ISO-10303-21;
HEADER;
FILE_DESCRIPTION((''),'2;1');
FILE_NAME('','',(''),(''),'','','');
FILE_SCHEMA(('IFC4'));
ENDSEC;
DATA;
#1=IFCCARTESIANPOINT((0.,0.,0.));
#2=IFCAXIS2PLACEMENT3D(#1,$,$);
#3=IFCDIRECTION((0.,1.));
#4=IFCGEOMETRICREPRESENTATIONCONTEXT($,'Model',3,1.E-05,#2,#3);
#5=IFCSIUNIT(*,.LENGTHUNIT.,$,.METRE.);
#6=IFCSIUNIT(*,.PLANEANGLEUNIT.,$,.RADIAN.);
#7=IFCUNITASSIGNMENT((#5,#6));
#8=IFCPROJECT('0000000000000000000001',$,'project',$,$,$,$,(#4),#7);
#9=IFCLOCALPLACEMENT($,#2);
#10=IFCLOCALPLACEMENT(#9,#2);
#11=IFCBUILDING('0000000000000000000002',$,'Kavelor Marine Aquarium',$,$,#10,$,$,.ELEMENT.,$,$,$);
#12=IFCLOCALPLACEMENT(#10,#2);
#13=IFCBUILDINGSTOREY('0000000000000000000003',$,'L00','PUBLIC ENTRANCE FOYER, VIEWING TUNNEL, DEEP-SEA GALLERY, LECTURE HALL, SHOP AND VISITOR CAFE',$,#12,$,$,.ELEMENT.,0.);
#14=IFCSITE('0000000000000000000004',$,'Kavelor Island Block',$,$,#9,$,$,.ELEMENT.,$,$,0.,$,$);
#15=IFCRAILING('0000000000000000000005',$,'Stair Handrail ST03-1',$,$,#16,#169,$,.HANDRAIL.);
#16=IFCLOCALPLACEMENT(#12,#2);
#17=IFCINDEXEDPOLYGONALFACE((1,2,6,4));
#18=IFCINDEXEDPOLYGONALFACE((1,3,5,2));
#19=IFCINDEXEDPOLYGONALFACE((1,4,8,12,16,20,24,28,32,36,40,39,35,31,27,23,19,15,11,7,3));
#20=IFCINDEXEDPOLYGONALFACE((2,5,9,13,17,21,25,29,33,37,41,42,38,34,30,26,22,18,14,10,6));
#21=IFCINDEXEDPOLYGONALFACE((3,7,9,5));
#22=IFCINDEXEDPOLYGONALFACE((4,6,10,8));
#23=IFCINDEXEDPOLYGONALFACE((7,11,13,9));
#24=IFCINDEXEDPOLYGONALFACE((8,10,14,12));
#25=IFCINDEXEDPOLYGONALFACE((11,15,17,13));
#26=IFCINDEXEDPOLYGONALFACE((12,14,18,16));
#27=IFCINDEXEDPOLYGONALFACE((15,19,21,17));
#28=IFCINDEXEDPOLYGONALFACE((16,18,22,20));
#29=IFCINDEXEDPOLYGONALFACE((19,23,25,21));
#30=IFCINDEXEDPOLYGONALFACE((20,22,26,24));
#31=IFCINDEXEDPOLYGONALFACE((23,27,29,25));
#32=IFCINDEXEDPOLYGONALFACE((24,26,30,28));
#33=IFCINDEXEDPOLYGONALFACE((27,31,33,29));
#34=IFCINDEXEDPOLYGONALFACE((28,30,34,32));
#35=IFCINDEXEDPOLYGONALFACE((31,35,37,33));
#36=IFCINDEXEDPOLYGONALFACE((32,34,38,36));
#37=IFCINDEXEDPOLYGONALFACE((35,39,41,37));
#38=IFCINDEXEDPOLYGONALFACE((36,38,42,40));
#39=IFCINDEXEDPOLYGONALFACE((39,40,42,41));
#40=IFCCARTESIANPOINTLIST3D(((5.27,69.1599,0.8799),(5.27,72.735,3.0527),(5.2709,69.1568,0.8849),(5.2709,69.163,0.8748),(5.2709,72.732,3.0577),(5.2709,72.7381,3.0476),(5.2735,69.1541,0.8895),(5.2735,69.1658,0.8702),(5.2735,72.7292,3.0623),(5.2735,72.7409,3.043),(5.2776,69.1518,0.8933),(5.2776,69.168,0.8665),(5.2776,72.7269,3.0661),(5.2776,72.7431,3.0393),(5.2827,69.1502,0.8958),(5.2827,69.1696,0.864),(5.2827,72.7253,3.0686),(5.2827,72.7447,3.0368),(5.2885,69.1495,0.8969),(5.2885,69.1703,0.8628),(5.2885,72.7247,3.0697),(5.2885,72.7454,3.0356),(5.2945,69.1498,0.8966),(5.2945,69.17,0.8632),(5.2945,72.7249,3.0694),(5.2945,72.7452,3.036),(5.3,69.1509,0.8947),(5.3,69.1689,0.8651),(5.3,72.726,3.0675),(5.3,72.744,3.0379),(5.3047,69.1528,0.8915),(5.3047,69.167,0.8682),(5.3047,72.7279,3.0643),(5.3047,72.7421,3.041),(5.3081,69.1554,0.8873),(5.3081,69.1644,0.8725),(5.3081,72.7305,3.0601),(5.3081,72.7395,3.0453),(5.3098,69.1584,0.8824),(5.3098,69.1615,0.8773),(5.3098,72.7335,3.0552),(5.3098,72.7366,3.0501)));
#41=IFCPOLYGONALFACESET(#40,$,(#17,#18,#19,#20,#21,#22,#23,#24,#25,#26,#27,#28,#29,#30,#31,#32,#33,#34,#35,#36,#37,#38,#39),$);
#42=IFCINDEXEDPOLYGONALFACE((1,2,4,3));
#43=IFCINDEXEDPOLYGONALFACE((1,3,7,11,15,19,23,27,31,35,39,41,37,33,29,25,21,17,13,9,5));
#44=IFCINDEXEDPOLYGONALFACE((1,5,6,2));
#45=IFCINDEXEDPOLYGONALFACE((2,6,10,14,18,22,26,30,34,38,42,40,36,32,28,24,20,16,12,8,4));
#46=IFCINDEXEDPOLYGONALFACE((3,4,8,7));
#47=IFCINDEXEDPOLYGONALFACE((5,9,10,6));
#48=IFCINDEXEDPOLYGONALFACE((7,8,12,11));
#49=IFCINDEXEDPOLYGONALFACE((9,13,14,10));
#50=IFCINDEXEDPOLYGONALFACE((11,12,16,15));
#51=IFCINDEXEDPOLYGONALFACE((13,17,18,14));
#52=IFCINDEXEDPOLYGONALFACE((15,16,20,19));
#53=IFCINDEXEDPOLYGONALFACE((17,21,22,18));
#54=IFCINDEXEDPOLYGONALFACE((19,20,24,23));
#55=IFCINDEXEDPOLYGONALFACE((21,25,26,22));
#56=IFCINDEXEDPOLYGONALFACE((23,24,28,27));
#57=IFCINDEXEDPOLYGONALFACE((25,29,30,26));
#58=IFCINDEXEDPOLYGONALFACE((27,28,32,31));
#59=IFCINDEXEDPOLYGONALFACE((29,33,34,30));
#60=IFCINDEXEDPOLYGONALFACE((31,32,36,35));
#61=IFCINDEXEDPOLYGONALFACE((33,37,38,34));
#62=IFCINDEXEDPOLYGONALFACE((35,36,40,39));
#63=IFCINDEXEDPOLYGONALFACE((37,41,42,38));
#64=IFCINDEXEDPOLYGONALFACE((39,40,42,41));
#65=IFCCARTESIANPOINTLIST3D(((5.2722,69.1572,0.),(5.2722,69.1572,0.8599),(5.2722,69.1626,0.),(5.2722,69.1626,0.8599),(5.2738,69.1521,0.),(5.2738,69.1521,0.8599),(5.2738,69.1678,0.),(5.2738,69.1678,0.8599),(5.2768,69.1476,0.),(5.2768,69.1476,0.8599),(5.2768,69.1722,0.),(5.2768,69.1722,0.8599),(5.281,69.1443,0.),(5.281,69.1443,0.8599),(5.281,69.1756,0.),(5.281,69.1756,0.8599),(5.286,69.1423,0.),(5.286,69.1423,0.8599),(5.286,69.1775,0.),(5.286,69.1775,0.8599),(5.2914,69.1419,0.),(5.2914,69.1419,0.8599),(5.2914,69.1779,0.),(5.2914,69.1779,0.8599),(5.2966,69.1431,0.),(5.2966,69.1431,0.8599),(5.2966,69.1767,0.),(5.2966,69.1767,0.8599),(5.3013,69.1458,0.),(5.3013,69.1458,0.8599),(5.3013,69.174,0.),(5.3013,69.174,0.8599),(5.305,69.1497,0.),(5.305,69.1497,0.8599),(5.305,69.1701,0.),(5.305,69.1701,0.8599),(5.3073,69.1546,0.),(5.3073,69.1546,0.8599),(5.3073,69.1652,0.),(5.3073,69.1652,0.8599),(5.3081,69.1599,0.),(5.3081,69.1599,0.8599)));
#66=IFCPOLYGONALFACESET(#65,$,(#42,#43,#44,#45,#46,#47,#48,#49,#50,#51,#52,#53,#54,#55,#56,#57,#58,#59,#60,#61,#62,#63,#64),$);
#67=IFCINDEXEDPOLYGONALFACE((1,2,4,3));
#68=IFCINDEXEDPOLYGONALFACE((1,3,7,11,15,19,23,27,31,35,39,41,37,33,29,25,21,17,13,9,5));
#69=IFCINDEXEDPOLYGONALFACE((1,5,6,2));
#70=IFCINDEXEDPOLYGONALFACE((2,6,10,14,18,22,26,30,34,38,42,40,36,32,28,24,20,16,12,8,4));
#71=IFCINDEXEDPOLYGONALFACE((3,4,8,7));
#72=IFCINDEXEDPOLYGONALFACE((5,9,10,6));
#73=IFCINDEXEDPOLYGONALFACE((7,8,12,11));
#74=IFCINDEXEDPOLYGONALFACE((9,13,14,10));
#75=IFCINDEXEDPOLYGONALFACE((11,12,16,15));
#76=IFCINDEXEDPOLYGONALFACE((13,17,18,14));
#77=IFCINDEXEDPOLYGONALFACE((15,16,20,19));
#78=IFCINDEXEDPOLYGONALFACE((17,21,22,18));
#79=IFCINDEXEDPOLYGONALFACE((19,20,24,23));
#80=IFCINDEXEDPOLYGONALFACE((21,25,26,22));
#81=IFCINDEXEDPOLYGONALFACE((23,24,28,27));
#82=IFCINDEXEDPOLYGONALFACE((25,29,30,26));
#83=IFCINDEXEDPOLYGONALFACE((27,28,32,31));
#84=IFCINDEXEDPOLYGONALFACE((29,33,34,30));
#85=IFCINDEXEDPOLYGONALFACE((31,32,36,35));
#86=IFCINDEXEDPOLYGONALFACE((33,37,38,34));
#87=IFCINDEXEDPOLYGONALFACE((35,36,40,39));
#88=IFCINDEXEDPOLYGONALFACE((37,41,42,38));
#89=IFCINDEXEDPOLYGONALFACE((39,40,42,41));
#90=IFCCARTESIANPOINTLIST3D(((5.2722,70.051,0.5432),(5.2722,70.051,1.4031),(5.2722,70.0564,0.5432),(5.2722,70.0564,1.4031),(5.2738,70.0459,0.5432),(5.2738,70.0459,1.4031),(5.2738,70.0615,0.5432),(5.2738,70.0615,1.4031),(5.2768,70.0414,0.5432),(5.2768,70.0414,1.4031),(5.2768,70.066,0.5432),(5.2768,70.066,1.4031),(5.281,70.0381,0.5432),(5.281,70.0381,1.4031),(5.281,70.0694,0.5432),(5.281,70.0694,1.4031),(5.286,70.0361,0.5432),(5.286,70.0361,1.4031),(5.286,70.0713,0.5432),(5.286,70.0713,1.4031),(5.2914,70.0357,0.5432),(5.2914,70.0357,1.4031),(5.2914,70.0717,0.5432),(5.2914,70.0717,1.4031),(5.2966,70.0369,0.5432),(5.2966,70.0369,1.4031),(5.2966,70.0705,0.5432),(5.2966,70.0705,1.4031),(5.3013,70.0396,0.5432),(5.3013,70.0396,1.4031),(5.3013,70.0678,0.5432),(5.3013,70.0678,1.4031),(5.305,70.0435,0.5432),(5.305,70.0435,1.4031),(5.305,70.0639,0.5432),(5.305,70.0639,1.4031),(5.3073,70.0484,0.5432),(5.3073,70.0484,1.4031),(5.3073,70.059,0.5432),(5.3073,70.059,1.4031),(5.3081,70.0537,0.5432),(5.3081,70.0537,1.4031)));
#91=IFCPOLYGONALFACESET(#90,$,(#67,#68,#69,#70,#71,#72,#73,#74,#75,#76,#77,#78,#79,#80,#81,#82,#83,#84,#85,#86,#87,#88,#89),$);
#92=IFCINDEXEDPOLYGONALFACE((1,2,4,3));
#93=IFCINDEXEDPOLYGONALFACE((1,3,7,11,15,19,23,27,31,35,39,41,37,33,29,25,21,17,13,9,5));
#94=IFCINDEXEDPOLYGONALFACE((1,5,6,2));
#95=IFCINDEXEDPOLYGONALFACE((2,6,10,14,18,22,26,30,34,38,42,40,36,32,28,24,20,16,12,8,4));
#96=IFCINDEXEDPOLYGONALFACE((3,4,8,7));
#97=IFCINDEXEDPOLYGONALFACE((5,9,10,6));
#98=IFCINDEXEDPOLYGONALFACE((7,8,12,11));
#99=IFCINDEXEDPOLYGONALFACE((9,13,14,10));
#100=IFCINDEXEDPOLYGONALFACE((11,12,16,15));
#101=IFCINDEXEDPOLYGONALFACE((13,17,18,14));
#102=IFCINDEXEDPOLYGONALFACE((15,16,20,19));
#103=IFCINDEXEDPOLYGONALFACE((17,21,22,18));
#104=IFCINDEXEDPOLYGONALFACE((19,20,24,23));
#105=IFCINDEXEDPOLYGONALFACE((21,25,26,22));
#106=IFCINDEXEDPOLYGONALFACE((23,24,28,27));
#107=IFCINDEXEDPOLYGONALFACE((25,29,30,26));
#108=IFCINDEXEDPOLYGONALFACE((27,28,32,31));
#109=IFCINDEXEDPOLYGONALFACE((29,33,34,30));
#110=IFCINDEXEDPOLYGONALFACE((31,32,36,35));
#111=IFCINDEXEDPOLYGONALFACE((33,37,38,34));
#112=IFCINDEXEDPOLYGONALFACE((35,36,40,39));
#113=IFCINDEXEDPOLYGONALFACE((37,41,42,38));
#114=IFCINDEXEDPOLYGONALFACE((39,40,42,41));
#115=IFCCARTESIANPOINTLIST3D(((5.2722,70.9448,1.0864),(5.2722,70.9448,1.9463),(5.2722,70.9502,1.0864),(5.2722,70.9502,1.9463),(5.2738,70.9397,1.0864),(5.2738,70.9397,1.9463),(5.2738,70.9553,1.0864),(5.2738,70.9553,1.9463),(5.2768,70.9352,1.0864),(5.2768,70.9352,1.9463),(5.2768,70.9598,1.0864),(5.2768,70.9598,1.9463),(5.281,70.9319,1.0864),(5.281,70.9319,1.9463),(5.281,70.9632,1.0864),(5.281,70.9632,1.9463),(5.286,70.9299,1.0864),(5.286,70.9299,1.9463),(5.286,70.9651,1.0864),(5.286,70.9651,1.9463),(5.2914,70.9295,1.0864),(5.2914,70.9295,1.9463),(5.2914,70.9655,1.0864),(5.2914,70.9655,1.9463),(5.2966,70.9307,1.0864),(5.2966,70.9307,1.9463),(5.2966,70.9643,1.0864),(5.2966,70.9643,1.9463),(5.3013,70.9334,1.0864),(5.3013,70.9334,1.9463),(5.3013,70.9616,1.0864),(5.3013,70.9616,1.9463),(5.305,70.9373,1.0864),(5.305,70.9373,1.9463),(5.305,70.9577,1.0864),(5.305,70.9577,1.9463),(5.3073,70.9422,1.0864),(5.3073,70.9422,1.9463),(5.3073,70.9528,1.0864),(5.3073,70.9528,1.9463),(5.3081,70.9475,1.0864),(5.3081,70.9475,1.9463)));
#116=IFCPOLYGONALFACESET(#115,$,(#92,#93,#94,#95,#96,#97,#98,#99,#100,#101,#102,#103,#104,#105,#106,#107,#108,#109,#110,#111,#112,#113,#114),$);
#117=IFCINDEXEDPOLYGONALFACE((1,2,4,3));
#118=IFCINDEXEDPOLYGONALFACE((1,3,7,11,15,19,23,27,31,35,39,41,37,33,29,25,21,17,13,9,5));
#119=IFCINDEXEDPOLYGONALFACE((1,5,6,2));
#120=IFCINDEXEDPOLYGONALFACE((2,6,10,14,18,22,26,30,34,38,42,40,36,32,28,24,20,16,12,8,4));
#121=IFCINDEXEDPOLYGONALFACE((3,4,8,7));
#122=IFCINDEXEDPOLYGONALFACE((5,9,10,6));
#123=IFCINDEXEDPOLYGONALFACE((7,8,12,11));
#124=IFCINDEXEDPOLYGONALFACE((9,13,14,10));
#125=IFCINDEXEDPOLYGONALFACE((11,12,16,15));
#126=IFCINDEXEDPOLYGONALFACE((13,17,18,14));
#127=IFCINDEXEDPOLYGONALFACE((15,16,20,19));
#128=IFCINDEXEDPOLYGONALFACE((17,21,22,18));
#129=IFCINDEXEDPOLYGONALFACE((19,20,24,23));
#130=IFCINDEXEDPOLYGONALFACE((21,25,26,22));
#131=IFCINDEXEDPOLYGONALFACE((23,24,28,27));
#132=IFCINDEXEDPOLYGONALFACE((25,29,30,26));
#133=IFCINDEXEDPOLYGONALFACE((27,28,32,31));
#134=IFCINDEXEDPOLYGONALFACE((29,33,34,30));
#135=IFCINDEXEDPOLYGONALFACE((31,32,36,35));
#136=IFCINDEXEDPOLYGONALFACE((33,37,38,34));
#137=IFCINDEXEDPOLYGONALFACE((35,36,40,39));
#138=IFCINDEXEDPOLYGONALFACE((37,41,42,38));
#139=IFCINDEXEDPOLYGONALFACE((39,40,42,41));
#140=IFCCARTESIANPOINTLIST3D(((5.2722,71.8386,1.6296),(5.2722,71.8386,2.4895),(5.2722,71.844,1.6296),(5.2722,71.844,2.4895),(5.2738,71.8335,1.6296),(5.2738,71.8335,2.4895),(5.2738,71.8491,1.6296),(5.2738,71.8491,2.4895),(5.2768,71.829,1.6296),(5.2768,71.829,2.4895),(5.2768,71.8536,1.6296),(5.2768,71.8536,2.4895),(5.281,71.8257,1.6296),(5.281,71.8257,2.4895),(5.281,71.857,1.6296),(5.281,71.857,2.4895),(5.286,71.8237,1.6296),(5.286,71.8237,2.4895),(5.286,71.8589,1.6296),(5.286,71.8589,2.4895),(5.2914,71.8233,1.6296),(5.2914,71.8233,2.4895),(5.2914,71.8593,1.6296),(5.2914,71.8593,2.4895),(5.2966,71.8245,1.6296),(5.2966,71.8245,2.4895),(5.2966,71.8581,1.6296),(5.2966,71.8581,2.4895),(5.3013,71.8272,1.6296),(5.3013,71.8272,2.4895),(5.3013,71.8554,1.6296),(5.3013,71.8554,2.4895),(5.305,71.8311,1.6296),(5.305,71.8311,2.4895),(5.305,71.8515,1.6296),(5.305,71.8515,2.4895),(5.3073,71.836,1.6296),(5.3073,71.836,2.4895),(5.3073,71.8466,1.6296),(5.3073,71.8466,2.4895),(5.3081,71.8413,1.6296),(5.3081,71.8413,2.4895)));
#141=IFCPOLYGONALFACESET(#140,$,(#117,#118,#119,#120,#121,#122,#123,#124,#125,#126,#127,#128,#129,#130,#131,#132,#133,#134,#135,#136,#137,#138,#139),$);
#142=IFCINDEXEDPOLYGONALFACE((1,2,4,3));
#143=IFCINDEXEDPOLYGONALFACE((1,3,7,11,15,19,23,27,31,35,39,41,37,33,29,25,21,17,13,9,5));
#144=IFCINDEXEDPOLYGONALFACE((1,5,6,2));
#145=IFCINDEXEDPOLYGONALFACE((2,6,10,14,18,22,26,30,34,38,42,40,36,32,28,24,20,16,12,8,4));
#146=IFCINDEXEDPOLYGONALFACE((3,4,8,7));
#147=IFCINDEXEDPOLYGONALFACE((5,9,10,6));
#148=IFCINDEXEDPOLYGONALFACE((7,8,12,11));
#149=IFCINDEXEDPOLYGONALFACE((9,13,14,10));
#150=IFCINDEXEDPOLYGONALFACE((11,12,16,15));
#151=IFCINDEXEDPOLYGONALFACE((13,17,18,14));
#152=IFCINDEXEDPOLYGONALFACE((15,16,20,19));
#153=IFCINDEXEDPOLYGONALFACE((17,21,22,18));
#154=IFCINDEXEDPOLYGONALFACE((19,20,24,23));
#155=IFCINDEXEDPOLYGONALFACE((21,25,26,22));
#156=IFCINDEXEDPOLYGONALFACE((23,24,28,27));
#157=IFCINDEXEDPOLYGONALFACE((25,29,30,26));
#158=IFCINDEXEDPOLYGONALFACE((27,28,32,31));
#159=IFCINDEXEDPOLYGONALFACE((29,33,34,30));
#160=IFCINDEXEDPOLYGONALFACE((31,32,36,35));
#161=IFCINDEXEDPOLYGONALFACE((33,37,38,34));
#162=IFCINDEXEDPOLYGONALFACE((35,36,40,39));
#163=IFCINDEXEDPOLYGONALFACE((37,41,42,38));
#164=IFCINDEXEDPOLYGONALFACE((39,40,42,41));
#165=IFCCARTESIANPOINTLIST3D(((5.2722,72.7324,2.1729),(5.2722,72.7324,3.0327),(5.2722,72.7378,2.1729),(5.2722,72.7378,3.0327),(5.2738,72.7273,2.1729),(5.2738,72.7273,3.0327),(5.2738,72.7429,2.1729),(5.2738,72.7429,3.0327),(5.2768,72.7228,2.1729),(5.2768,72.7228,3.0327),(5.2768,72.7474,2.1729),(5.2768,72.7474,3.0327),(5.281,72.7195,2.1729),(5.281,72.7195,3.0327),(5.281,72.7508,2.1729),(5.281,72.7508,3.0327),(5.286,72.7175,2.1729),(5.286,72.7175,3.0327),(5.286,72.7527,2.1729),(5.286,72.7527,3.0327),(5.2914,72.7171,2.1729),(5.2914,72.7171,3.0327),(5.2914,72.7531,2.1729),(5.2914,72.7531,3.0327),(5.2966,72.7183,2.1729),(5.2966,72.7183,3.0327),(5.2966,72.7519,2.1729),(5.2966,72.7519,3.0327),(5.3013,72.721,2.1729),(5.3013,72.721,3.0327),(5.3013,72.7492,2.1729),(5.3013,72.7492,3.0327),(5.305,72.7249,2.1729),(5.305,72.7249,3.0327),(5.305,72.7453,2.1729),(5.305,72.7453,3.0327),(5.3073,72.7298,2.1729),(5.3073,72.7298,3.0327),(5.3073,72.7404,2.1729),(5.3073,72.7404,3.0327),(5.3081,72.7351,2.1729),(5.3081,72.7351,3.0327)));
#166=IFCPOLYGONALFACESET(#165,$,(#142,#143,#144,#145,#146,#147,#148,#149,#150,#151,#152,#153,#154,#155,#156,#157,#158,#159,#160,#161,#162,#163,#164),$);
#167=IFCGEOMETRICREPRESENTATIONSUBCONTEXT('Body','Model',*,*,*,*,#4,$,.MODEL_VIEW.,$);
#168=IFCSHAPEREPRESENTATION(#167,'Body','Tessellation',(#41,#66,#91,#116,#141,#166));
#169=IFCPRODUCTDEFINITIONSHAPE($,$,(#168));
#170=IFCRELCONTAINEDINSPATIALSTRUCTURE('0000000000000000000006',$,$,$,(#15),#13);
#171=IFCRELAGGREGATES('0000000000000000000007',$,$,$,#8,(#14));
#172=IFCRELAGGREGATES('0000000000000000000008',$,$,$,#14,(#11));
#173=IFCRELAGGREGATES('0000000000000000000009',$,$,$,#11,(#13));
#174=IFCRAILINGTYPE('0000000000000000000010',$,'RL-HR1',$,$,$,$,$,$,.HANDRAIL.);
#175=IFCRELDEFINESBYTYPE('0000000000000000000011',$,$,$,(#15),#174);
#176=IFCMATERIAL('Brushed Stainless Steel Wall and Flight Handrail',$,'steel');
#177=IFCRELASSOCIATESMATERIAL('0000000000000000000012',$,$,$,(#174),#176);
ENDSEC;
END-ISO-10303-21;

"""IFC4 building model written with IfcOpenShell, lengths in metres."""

from ifc_helpers import new_model, si_unit, direction, frame, origin, origin_2d, place, context, subcontext, project, spatial, circle, extrude, material, type_object, element, save


model = new_model("IFC4")

# Units and contexts
model_context = context("Model", 3, precision=1e-05, world=origin(), true_north=direction((0.0, 1.0)))
body_context = subcontext(model_context, "Body", "Model", "MODEL_VIEW")
ifc_project = project(units=[si_unit("LENGTHUNIT", "METRE"), si_unit("PLANEANGLEUNIT", "RADIAN")], contexts=[model_context])

# Site, building, storey
site_placement = place(None, origin())
site = spatial("IfcSite", under=ifc_project, at=site_placement, Name="Kavelor Island Block", CompositionType="ELEMENT", RefElevation=0.0)
building_placement = place(site_placement, origin())
building = spatial("IfcBuilding", under=site, at=building_placement, Name="Kavelor Marine Aquarium", CompositionType="ELEMENT")
storey_placement = place(building_placement, origin())
storey = spatial("IfcBuildingStorey", under=building, at=storey_placement, Name="L00", Description="PUBLIC ENTRANCE FOYER, VIEWING TUNNEL, DEEP-SEA GALLERY, LECTURE HALL, SHOP AND VISITOR CAFE", CompositionType="ELEMENT", Elevation=0.0)

# Railing
ifc_material_1 = material(Name="Brushed Stainless Steel Wall and Flight Handrail", Category="steel")
railing_type = type_object("IfcRailingType", Name="RL-HR1", PredefinedType="HANDRAIL", material=ifc_material_1)
railing_placement = place(storey_placement, frame((5.29, 69.1599, 0.0)))
element("IfcRailing", 1, at=railing_placement, inside=storey, type_object=railing_type, Name="Stair Handrail ST03-1", PredefinedType="HANDRAIL", context=body_context, shape_type="SweptSolid", body=[
    extrude(circle(Radius=0.02, at=origin_2d()), frame((0.0, 0.0, 0.8799), z_axis=(0.0, 0.854554, 0.519362), x_axis=(-1.0, 0.0, 0.0)), (0.0, 0.0, 1.0), 4.1836),
    extrude(circle(Radius=0.0181, at=origin_2d()), origin(), (0.0, 0.0, 1.0), 0.8599),
    extrude(circle(Radius=0.0181, at=origin_2d()), frame((0.0, 0.8938, 0.5432)), (0.0, 0.0, 1.0), 0.8599),
    extrude(circle(Radius=0.0181, at=origin_2d()), frame((0.0, 1.7876, 1.0864)), (0.0, 0.0, 1.0), 0.8599),
    extrude(circle(Radius=0.0181, at=origin_2d()), frame((0.0, 2.6814, 1.6296)), (0.0, 0.0, 1.0), 0.8599),
    extrude(circle(Radius=0.0181, at=origin_2d()), frame((0.0, 3.5752, 2.1729)), (0.0, 0.0, 1.0), 0.8599),
])

save(model, "model.ifc")
